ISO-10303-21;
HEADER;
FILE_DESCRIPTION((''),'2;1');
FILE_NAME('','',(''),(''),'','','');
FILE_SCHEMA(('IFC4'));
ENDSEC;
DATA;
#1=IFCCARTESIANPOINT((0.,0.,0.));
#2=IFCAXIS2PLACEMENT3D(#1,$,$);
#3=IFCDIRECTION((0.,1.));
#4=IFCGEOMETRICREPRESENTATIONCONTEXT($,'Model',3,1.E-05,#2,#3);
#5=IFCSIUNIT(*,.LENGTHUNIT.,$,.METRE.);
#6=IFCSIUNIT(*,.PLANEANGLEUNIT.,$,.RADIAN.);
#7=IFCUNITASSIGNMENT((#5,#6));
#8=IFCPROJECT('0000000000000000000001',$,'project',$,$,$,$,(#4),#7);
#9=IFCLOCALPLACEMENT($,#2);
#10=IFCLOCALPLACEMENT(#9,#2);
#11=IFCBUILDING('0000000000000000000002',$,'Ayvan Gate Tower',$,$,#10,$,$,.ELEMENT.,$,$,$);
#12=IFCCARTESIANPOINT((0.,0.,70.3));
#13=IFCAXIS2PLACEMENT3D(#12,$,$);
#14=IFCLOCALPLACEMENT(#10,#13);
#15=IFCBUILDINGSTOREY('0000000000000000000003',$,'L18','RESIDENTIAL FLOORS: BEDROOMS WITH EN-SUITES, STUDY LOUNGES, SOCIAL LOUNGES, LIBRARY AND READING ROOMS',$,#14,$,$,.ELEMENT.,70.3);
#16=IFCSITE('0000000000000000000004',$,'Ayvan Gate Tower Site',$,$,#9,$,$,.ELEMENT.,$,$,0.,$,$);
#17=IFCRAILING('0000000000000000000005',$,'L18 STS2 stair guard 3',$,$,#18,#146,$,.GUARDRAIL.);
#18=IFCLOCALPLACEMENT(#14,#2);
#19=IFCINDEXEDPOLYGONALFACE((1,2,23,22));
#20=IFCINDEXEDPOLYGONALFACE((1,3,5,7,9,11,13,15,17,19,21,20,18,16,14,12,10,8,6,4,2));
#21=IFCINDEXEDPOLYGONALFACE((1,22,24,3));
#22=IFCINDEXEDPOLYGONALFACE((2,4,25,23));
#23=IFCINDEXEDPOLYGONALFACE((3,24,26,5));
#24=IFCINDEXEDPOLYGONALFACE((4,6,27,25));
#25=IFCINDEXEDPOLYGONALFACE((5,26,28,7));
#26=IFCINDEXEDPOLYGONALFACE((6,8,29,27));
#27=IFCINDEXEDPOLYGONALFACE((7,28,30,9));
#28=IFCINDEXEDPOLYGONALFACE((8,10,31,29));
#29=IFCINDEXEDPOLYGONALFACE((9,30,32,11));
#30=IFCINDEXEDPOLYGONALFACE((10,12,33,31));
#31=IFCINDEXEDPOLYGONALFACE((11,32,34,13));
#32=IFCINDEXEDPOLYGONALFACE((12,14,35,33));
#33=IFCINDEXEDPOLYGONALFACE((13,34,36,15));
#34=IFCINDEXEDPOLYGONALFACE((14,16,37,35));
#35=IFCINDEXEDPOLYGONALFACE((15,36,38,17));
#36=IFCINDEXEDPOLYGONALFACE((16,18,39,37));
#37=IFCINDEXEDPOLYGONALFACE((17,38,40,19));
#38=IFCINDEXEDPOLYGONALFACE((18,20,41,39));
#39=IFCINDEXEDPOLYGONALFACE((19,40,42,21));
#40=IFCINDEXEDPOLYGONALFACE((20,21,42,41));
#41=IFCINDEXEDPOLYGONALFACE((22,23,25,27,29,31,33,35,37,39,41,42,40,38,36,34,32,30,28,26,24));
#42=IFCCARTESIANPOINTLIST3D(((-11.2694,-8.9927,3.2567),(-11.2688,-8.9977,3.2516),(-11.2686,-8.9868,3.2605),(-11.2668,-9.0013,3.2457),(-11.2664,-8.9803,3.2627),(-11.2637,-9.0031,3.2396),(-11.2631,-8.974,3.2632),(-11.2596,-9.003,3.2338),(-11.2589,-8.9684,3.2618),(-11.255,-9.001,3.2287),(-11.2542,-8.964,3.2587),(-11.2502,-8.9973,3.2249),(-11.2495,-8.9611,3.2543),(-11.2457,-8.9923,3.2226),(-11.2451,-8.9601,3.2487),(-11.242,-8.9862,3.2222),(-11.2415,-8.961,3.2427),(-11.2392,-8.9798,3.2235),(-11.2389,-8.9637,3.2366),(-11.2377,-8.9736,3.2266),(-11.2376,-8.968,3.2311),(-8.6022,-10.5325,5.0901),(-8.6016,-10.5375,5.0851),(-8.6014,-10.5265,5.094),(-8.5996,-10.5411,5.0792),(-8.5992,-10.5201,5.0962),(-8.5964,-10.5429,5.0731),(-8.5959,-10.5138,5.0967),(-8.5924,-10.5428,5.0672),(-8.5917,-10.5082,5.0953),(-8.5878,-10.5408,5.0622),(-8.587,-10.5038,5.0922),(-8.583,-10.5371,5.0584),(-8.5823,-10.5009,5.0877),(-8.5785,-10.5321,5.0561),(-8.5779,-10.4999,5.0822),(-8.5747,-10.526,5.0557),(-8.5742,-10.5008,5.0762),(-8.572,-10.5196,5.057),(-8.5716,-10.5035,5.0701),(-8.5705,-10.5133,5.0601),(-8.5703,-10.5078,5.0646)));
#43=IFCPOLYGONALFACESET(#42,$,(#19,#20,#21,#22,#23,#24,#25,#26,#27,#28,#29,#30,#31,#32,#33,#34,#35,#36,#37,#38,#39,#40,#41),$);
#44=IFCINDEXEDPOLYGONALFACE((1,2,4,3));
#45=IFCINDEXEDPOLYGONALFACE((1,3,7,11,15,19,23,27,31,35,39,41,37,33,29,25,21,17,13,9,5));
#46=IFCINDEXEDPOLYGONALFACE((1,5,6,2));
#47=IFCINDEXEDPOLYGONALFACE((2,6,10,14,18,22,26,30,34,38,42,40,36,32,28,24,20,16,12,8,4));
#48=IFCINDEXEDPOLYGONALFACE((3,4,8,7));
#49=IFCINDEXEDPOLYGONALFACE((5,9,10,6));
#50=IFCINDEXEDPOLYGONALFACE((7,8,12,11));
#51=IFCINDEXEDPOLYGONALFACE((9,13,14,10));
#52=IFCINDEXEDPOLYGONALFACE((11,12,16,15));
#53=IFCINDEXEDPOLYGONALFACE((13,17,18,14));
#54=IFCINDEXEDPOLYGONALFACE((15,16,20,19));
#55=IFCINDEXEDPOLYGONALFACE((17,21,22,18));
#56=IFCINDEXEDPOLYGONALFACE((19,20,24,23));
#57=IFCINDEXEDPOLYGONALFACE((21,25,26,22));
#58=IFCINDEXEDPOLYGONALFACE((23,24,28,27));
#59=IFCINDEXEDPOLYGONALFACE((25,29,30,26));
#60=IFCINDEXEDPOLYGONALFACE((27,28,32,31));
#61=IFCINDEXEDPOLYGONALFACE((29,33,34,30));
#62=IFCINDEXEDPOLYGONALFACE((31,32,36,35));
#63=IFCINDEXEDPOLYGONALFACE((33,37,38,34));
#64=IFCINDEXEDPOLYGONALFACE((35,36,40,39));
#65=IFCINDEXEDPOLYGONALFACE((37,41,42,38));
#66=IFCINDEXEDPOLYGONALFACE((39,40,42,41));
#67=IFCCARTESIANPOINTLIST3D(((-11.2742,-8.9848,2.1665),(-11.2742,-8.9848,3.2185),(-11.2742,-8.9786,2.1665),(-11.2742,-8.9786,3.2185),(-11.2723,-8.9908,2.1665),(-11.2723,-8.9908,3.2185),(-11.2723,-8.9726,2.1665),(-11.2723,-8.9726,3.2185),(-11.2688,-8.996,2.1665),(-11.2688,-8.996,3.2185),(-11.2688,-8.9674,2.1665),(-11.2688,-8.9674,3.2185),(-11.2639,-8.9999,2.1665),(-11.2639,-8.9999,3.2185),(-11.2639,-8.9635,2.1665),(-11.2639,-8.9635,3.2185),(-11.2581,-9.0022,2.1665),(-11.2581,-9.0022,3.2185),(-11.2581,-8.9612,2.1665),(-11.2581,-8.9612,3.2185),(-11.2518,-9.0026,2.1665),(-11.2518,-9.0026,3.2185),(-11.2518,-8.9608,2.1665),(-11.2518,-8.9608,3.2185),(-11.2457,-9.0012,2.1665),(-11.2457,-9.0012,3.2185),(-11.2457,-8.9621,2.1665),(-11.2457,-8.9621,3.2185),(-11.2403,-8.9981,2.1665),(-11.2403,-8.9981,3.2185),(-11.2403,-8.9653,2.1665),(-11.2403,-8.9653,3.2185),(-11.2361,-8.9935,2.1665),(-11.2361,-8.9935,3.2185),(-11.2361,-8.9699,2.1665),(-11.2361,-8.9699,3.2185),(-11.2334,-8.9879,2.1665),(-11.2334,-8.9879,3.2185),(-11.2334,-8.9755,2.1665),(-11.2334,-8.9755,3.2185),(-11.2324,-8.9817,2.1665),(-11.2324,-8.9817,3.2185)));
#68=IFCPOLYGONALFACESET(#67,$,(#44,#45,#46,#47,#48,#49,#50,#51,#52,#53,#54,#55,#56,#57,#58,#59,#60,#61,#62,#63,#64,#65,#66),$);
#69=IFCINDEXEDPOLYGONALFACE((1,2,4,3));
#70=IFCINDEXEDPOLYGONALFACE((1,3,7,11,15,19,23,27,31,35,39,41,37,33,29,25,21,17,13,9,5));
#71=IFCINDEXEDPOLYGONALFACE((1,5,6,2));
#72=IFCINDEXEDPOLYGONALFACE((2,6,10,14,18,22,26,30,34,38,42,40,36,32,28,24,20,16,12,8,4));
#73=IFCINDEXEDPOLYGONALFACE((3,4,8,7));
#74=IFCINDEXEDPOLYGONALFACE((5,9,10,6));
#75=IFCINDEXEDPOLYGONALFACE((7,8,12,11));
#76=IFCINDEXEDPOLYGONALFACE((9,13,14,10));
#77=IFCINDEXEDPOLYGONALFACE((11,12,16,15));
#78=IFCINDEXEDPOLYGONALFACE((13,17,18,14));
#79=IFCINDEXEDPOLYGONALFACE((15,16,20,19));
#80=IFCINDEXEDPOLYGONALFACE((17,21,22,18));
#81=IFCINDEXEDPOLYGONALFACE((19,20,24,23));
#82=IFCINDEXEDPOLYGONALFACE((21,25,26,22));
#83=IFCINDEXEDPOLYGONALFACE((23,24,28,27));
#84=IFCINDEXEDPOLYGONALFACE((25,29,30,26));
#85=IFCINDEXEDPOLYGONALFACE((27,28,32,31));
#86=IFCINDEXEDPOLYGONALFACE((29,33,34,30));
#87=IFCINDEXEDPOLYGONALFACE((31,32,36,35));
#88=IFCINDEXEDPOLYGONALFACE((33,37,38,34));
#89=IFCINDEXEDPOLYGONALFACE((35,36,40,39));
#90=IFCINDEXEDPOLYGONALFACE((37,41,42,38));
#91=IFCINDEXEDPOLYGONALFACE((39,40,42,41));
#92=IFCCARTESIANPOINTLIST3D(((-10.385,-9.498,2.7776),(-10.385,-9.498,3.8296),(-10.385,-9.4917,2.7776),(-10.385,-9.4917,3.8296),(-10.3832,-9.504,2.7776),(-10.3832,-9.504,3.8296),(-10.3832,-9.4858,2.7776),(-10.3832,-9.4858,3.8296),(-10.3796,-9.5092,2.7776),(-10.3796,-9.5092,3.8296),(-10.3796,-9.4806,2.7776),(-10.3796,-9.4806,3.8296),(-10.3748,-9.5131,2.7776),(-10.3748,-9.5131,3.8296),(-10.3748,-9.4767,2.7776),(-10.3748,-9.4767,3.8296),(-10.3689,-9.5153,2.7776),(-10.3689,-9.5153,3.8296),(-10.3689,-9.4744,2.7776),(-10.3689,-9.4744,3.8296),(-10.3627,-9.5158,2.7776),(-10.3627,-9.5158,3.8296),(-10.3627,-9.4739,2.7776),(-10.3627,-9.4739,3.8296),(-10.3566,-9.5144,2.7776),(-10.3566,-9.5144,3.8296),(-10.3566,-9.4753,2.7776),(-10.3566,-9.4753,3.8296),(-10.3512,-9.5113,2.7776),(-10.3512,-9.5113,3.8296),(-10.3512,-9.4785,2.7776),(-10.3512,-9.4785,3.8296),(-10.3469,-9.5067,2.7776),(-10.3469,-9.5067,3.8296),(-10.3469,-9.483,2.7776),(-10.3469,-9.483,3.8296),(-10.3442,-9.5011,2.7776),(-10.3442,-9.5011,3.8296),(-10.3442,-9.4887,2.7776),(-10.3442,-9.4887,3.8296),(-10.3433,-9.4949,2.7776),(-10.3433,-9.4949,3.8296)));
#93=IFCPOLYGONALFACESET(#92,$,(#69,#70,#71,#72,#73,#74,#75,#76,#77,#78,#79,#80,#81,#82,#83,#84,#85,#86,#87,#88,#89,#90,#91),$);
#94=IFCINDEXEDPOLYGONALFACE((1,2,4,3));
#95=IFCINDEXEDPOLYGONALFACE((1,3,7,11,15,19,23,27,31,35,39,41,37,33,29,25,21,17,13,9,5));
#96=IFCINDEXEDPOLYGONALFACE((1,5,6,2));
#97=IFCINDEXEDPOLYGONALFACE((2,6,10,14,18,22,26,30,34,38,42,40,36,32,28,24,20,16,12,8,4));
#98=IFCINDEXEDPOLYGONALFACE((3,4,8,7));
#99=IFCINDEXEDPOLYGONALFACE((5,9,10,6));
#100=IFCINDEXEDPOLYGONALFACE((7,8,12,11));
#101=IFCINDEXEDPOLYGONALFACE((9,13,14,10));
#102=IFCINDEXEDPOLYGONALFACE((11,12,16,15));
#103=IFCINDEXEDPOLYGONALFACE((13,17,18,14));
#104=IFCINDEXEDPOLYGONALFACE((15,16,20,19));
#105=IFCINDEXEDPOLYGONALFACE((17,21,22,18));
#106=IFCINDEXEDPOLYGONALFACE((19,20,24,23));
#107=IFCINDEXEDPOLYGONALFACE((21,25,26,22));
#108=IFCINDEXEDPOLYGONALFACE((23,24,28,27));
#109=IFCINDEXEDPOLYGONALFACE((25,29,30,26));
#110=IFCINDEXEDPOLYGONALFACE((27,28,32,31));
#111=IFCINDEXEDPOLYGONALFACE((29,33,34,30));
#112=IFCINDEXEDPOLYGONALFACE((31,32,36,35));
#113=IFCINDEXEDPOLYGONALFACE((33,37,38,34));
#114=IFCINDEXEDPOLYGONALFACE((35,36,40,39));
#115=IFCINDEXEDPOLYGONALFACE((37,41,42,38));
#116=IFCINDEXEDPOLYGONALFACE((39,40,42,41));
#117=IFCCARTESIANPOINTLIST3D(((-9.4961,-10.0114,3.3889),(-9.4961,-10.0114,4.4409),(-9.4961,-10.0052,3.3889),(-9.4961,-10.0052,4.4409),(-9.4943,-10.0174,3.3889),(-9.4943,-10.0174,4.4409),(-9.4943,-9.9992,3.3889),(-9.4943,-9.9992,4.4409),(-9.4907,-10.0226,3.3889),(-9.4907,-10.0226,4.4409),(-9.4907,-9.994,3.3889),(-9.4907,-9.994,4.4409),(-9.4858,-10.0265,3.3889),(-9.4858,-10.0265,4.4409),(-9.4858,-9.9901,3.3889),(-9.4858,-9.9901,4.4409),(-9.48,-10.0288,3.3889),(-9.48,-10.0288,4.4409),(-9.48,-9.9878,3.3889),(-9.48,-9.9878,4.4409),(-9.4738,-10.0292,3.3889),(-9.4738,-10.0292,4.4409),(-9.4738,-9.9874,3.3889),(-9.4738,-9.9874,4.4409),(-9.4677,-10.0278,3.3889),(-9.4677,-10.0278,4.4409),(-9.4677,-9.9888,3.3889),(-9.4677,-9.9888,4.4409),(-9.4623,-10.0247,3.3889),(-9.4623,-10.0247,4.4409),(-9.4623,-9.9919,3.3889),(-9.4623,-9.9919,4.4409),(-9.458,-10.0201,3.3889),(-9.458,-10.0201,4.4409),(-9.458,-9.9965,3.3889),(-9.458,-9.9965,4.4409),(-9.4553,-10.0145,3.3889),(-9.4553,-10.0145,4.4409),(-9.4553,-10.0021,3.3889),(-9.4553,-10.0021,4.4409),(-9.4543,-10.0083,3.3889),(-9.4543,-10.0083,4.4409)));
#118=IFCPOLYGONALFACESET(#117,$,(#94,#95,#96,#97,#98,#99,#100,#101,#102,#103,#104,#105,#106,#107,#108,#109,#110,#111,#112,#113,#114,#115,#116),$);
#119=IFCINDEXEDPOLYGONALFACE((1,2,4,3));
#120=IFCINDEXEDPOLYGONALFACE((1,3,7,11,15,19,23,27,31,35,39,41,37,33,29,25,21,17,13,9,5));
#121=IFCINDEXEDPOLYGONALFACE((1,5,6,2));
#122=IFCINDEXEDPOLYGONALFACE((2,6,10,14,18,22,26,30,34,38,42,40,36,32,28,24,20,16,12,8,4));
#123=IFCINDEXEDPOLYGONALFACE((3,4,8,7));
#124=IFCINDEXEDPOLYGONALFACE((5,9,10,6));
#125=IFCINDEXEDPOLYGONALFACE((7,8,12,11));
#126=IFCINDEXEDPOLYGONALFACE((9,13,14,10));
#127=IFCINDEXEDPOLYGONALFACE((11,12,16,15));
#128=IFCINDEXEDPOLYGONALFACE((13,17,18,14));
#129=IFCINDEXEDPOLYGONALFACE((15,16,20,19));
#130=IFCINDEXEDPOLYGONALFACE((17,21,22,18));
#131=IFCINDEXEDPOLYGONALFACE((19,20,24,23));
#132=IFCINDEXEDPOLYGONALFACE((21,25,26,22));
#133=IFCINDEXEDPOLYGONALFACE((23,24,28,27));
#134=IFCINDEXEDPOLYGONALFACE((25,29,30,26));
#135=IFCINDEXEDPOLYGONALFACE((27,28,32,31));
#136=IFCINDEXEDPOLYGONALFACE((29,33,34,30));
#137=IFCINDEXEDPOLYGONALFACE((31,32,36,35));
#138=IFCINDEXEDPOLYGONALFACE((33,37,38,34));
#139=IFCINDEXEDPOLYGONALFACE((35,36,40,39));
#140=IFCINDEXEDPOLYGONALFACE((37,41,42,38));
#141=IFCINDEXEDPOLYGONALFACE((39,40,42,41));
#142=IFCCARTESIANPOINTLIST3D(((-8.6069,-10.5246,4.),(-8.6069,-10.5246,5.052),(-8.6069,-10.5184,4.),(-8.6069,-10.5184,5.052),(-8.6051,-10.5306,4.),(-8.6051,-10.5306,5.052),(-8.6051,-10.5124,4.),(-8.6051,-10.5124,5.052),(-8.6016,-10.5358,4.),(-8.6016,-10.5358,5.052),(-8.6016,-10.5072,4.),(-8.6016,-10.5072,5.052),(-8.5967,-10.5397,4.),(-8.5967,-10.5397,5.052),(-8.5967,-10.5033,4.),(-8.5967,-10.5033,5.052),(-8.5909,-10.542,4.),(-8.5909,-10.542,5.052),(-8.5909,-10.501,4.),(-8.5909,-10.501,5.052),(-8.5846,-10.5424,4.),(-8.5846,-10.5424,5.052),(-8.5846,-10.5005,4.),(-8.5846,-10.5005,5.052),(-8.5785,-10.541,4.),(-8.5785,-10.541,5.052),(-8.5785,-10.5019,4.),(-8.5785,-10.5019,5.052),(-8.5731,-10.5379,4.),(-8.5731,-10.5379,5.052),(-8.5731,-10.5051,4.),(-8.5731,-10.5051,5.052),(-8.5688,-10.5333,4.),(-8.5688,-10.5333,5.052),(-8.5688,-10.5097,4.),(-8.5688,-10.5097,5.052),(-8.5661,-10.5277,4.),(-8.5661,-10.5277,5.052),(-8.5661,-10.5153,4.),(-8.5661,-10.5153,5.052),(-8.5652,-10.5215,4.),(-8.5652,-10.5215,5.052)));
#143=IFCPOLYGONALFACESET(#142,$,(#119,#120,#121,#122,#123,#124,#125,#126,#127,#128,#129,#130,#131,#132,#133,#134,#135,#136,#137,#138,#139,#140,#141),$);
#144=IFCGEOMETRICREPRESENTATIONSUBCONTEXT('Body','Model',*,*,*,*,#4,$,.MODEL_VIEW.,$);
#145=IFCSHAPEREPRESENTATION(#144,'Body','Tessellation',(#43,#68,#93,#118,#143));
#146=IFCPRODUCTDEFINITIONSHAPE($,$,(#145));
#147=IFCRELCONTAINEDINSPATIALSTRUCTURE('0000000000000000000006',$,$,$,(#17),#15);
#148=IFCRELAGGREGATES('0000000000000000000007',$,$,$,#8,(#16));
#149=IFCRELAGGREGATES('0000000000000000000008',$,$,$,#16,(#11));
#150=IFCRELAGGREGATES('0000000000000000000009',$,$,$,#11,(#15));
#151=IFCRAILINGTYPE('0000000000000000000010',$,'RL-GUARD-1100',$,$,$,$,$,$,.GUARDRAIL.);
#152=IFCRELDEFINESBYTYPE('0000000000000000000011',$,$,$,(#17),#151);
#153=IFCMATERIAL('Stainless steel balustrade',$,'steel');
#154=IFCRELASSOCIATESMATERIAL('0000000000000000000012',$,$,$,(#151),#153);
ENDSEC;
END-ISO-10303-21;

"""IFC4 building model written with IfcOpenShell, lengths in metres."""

from ifc_helpers import new_model, si_unit, direction, frame, origin, origin_2d, place, context, subcontext, project, spatial, circle, extrude, material, type_object, element, save


model = new_model("IFC4")

# Units and contexts
model_context = context("Model", 3, precision=1e-05, world=origin(), true_north=direction((0.0, 1.0)))
body_context = subcontext(model_context, "Body", "Model", "MODEL_VIEW")
ifc_project = project(units=[si_unit("LENGTHUNIT", "METRE"), si_unit("PLANEANGLEUNIT", "RADIAN")], contexts=[model_context])

# Site, building, storey
site_placement = place(None, origin())
site = spatial("IfcSite", under=ifc_project, at=site_placement, Name="Ayvan Gate Tower Site", CompositionType="ELEMENT", RefElevation=0.0)
building_placement = place(site_placement, origin())
building = spatial("IfcBuilding", under=site, at=building_placement, Name="Ayvan Gate Tower", CompositionType="ELEMENT")
storey_placement = place(building_placement, frame((0.0, 0.0, 70.3)))
storey = spatial("IfcBuildingStorey", under=building, at=storey_placement, Name="L18", Description="RESIDENTIAL FLOORS: BEDROOMS WITH EN-SUITES, STUDY LOUNGES, SOCIAL LOUNGES, LIBRARY AND READING ROOMS", CompositionType="ELEMENT", Elevation=70.3)

# Railing
ifc_material_1 = material(Name="Stainless steel balustrade", Category="steel")
railing_type_1 = type_object("IfcRailingType", Name="RL-GUARD-1100", PredefinedType="GUARDRAIL", material=ifc_material_1)
railing_1_placement = place(storey_placement, frame((-11.2534, -8.9817, 2.1665)))
element("IfcRailing", 1, at=railing_1_placement, inside=storey, type_object=railing_type_1, Name="L18 STS2 stair guard 3", PredefinedType="GUARDRAIL", context=body_context, shape_type="SweptSolid", body=[
    extrude(circle(Radius=0.0239, at=origin_2d()), frame((0.0, 0.0, 1.0762), z_axis=(0.744155, -0.429601, 0.511543), x_axis=(0.499967, 0.866044, 0.0)), (0.0, 0.0, 1.0), 3.5842),
    extrude(circle(Radius=0.021, at=origin_2d()), origin(), (0.0, 0.0, 1.0), 1.052),
    extrude(circle(Radius=0.021, at=origin_2d()), frame((0.8892, -0.5132, 0.6111)), (0.0, 0.0, 1.0), 1.052),
    extrude(circle(Radius=0.021, at=origin_2d()), frame((1.7781, -1.0266, 1.2224)), (0.0, 0.0, 1.0), 1.052),
    extrude(circle(Radius=0.021, at=origin_2d()), frame((2.6672, -1.5398, 1.8335)), (0.0, 0.0, 1.0), 1.052),
])

save(model, "model.ifc")
